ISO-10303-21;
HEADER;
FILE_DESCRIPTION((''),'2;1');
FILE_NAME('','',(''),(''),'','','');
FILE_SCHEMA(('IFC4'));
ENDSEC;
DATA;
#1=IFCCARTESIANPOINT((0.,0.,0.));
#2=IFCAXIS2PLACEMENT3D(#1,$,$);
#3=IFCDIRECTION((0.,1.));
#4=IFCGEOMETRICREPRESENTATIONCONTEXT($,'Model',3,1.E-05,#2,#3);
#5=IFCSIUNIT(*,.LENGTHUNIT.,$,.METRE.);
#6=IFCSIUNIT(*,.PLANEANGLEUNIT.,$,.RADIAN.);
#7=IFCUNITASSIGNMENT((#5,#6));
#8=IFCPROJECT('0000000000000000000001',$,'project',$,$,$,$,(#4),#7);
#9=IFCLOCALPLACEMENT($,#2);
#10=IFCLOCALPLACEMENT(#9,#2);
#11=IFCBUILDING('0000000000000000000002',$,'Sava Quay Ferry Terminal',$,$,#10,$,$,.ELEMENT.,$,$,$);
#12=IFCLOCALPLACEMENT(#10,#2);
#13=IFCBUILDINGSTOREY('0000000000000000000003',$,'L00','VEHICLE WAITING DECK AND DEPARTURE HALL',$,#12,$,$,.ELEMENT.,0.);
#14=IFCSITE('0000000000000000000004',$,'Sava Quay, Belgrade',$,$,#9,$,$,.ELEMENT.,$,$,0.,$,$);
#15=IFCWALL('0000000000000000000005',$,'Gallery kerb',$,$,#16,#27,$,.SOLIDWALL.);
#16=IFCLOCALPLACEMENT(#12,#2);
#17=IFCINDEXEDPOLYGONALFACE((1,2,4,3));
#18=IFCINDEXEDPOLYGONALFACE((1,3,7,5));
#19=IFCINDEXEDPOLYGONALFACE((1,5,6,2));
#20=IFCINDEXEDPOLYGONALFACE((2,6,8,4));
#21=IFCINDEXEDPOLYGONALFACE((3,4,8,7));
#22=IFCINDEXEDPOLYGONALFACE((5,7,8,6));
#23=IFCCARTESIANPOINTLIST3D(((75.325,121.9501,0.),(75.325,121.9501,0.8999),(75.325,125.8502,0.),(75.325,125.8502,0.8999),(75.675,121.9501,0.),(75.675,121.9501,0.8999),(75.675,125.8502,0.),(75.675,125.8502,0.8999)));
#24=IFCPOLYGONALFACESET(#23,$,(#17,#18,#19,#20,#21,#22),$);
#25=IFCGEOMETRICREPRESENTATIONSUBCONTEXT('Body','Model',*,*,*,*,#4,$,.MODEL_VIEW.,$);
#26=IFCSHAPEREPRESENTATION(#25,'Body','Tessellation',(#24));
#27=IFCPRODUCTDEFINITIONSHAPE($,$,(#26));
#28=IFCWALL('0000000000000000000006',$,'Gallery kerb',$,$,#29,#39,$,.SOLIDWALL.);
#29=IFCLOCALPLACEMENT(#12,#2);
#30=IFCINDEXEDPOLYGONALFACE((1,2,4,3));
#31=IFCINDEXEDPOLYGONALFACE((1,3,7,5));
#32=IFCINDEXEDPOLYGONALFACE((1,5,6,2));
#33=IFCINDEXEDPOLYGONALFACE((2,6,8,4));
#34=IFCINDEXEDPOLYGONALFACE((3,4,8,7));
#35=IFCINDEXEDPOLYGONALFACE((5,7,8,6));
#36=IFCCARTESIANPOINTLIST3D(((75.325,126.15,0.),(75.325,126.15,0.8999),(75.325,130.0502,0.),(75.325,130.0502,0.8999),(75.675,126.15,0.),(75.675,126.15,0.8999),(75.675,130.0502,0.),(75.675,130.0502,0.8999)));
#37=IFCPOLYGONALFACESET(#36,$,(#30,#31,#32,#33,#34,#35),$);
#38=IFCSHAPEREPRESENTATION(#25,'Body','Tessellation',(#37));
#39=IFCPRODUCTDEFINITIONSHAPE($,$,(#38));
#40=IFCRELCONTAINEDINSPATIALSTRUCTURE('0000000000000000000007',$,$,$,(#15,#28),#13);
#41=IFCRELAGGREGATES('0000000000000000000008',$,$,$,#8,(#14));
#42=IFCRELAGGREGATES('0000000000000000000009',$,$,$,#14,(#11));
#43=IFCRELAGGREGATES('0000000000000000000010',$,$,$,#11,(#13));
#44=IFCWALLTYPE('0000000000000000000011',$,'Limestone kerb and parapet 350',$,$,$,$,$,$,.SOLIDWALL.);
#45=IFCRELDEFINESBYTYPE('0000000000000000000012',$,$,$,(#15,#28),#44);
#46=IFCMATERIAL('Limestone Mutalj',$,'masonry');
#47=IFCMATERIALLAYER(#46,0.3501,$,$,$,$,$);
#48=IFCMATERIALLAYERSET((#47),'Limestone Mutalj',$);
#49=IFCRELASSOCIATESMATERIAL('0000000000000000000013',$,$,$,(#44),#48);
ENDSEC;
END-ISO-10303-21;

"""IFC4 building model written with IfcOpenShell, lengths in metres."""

from ifc_helpers import new_model, si_unit, direction, frame, frame_2d, origin, place, context, subcontext, project, spatial, rectangle, extrude, material, layer, layer_set, type_object, element, save


model = new_model("IFC4")

# Units and contexts
model_context = context("Model", 3, precision=1e-05, world=origin(), true_north=direction((0.0, 1.0)))
body_context = subcontext(model_context, "Body", "Model", "MODEL_VIEW")
ifc_project = project(units=[si_unit("LENGTHUNIT", "METRE"), si_unit("PLANEANGLEUNIT", "RADIAN")], contexts=[model_context])

# Site, building, storey
site_placement = place(None, origin())
site = spatial("IfcSite", under=ifc_project, at=site_placement, Name="Sava Quay, Belgrade", CompositionType="ELEMENT", RefElevation=0.0)
building_placement = place(site_placement, origin())
building = spatial("IfcBuilding", under=site, at=building_placement, Name="Sava Quay Ferry Terminal", CompositionType="ELEMENT")
storey_placement = place(building_placement, origin())
storey = spatial("IfcBuildingStorey", under=building, at=storey_placement, Name="L00", Description="VEHICLE WAITING DECK AND DEPARTURE HALL", CompositionType="ELEMENT", Elevation=0.0)

# Walls
ifc_material_1 = material(Name="Limestone Mutalj", Category="masonry")
ifc_layer_1 = layer(ifc_material_1, 0.3501)
ifc_layer_set_1 = layer_set([ifc_layer_1], Name="Limestone Mutalj")
wall_type = type_object("IfcWallType", Name="Limestone kerb and parapet 350", PredefinedType="SOLIDWALL", material=ifc_layer_set_1)
for number, where, z_axis, x_axis, name in (
    (1, (75.5, 121.95, 0.0), (0.0, 0.0, 1.0), (0.0, 1.0, 0.0), "Gallery kerb"),
    (2, (75.5, 126.1499, 0.0), (0.0, 0.0, 1.0), (0.0, 1.0, 0.0), "Gallery kerb"),
):
    element("IfcWall", number, at=place(storey_placement, frame(where, z_axis=z_axis, x_axis=x_axis)), inside=storey, type_object=wall_type, Name=name, PredefinedType="SOLIDWALL", context=body_context, shape_type="SweptSolid", body=[
        extrude(rectangle(XDim=3.9001, YDim=0.3501, at=frame_2d((1.9502, 0.0))), origin(), (0.0, 0.0, 1.0), 0.8999),
    ])

save(model, "model.ifc")
